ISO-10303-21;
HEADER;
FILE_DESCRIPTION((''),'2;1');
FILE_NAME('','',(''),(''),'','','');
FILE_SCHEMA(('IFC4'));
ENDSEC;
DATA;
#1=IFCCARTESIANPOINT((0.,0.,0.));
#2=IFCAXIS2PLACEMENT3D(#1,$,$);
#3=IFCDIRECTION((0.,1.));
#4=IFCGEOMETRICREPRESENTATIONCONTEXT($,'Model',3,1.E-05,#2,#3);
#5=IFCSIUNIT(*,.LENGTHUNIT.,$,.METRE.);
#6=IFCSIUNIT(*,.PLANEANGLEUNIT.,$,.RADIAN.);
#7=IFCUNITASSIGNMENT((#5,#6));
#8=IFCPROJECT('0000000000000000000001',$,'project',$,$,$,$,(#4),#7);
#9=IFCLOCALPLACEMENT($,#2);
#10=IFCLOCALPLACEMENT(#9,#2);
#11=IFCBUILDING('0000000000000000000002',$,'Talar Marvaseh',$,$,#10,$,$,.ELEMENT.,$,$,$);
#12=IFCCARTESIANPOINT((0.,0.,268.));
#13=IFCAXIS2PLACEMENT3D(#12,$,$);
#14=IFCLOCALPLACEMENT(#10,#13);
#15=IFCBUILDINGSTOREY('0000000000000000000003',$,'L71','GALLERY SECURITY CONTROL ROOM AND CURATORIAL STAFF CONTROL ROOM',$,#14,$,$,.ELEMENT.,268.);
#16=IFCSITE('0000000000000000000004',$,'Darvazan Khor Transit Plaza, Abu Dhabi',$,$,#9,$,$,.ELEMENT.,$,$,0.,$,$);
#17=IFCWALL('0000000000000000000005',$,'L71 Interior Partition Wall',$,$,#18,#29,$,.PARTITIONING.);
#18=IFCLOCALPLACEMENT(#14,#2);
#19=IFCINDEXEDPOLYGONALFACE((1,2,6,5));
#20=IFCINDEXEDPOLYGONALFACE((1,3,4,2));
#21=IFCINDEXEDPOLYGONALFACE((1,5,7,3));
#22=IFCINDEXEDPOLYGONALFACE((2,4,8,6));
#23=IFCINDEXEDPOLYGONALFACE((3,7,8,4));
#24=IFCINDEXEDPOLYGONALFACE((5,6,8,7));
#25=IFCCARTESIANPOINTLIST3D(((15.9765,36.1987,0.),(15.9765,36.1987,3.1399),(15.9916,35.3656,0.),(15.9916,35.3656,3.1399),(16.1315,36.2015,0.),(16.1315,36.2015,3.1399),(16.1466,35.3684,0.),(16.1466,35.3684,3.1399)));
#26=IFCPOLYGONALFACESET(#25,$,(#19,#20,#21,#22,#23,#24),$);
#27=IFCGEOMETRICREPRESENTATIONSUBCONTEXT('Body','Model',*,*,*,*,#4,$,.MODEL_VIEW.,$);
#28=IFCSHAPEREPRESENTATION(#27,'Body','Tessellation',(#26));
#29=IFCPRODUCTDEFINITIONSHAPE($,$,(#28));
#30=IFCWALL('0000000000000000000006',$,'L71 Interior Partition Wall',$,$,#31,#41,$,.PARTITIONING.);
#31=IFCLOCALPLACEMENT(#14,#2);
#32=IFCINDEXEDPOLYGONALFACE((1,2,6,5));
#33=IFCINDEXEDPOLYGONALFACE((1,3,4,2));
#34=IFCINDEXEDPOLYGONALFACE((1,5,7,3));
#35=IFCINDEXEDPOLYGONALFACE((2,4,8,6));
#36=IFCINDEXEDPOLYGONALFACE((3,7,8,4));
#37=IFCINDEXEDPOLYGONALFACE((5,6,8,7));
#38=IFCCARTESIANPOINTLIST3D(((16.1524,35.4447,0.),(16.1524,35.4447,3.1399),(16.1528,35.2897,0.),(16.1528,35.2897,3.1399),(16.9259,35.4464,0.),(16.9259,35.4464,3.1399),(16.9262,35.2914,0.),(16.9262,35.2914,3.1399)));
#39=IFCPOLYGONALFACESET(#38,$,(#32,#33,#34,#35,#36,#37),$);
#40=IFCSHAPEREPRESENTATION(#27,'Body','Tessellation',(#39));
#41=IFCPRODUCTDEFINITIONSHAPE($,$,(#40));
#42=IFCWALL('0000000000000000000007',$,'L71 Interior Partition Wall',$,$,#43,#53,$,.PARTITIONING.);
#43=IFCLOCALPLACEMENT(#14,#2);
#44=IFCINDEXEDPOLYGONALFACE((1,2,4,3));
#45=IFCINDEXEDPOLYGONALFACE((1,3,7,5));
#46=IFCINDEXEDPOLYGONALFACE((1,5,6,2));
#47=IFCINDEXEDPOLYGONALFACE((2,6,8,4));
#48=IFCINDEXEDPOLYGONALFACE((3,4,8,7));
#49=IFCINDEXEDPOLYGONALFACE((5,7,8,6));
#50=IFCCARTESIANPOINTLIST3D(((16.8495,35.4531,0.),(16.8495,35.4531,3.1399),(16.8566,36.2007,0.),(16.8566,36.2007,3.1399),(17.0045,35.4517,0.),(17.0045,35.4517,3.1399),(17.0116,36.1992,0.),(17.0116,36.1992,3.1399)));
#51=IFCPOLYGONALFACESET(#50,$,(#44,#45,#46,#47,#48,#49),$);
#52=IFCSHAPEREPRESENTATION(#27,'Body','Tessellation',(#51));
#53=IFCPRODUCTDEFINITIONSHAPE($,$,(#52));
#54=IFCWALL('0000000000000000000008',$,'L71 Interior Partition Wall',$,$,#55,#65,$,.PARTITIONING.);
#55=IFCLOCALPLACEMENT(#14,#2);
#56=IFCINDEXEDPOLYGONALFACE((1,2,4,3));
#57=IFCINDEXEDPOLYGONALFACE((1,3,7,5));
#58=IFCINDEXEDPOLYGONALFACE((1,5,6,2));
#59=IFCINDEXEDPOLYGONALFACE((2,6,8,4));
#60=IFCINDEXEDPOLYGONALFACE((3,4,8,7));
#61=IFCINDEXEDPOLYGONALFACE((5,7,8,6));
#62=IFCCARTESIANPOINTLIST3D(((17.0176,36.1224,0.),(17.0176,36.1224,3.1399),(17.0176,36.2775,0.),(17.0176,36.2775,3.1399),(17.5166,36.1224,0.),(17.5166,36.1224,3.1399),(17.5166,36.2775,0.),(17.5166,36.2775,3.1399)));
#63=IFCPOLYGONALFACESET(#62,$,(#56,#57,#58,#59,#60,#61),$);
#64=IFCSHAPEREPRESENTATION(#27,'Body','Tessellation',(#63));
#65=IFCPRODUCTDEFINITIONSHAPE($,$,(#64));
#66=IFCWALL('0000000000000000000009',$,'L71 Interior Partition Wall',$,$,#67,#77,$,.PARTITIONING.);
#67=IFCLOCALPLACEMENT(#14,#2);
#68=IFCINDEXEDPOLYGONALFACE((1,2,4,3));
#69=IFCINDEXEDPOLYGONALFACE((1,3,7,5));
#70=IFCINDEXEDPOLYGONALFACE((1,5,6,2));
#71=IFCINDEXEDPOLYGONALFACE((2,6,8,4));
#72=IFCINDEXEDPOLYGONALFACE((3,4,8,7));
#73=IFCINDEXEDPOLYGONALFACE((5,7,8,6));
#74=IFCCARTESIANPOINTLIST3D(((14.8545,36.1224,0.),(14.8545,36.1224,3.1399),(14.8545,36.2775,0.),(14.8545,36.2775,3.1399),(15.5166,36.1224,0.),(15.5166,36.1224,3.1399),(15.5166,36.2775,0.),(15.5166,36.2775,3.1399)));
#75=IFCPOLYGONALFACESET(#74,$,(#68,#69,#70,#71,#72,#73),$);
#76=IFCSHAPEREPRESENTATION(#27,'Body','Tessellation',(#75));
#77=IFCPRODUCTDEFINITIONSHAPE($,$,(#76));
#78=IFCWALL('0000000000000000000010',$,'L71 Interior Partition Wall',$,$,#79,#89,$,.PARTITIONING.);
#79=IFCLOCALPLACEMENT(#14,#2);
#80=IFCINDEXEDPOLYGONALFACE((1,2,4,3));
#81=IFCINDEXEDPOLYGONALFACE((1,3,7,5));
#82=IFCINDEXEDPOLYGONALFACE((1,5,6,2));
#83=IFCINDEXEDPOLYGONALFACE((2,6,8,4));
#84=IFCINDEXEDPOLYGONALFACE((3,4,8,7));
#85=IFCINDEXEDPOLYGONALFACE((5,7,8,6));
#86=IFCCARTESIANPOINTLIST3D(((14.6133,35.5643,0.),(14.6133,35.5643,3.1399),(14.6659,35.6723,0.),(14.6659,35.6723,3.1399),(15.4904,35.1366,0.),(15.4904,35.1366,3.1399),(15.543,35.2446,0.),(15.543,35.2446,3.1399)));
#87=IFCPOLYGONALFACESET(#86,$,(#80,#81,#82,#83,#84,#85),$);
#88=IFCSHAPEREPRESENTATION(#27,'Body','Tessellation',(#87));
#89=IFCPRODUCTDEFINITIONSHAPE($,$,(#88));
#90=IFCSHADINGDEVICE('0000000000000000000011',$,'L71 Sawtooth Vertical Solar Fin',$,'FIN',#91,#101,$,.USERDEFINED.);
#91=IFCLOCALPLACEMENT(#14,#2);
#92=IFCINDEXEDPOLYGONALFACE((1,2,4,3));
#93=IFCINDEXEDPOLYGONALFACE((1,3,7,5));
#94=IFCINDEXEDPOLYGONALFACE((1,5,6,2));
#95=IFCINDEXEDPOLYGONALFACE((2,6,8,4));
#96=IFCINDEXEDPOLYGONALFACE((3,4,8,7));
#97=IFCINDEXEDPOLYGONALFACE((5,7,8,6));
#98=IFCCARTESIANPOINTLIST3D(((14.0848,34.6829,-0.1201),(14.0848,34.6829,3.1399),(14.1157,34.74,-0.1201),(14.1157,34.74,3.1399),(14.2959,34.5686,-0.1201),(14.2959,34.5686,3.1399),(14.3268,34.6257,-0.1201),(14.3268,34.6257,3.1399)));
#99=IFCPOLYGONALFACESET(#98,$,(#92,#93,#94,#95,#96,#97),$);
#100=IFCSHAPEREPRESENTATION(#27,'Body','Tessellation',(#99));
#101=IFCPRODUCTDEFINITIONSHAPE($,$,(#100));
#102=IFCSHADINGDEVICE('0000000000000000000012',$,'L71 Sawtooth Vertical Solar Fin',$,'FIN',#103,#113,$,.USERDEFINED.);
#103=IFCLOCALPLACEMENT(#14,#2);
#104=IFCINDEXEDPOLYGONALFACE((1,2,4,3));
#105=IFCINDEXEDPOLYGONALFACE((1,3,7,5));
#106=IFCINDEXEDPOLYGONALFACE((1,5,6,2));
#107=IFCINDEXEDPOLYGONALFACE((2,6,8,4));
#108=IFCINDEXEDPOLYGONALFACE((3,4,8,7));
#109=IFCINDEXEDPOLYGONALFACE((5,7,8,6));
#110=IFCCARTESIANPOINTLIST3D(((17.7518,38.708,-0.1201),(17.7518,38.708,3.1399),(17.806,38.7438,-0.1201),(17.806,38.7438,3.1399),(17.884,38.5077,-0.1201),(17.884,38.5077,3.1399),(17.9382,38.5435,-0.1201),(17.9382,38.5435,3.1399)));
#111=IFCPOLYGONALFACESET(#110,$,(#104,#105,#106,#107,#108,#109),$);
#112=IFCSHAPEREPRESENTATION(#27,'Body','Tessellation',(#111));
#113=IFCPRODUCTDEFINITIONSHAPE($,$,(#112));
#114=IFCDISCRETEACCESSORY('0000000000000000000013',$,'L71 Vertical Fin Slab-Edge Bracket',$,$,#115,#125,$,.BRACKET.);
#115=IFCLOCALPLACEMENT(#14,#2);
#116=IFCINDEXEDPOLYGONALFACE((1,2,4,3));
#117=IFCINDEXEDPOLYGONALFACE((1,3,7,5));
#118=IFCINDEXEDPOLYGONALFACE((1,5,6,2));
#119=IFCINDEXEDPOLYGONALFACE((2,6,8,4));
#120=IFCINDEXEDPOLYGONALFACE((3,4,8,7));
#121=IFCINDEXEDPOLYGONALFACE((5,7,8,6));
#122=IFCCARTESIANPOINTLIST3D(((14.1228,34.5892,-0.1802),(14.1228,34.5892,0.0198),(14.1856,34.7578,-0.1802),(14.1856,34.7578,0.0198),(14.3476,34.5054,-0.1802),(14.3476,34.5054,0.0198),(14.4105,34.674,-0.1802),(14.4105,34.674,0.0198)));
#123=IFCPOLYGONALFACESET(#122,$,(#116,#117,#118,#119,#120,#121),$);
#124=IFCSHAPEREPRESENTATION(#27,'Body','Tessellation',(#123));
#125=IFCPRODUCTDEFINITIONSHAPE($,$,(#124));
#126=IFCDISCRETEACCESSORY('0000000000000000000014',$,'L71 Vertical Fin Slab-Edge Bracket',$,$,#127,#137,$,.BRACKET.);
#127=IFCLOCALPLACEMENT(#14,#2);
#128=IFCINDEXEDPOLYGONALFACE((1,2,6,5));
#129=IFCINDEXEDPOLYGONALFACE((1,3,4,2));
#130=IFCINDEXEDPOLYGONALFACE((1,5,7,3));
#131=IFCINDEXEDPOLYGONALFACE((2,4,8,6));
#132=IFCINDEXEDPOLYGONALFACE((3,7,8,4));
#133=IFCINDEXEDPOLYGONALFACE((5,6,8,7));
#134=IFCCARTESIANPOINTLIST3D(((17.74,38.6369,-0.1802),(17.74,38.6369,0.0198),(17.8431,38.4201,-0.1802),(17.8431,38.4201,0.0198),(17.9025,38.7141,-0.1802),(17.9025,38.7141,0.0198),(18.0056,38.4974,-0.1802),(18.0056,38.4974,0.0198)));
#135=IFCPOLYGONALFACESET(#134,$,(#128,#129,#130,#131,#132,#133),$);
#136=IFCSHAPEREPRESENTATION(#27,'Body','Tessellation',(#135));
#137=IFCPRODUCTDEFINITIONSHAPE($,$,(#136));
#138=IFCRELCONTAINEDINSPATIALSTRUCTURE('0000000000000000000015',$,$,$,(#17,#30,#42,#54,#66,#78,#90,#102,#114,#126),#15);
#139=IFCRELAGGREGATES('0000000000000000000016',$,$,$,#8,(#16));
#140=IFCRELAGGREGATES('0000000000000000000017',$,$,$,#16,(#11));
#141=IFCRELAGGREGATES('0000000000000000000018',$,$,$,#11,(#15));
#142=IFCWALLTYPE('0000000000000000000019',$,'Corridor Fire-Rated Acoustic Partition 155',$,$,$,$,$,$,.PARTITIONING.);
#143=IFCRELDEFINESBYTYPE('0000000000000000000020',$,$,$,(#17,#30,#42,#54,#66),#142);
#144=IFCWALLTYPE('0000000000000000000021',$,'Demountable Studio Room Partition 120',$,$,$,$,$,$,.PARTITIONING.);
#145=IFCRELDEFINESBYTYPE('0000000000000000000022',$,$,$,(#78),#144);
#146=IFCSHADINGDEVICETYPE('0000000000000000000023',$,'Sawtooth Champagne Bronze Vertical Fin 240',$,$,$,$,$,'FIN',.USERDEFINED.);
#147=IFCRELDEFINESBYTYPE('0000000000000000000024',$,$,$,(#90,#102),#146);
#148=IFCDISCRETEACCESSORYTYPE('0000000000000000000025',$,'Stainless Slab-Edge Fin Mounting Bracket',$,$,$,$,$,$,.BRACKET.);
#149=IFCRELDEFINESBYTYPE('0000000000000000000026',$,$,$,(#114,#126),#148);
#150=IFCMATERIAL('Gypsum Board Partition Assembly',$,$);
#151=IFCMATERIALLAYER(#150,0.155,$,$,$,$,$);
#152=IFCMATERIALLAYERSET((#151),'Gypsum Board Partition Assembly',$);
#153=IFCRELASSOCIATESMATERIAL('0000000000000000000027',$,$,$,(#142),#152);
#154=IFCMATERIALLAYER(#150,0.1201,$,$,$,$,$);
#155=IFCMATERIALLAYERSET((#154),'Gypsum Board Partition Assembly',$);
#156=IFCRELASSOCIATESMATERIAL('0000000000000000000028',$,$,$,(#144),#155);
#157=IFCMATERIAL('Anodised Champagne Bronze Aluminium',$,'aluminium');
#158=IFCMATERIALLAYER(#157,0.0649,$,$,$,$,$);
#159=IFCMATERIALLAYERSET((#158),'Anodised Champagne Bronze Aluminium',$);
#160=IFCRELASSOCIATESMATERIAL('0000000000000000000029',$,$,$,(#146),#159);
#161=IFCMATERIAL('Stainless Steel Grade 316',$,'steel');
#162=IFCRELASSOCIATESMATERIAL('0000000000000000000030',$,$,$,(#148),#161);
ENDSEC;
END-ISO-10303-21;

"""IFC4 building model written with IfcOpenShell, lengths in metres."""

from ifc_helpers import new_model, si_unit, direction, frame, frame_2d, origin, origin_2d, place, context, subcontext, project, spatial, rectangle, extrude, source, transform, mapped, material, layer, layer_set, type_object, type_shapes, element, save


model = new_model("IFC4")

# Units and contexts
model_context = context("Model", 3, precision=1e-05, world=origin(), true_north=direction((0.0, 1.0)))
body_context = subcontext(model_context, "Body", "Model", "MODEL_VIEW")
ifc_project = project(units=[si_unit("LENGTHUNIT", "METRE"), si_unit("PLANEANGLEUNIT", "RADIAN")], contexts=[model_context])

# Site, building, storey
site_placement = place(None, origin())
site = spatial("IfcSite", under=ifc_project, at=site_placement, Name="Darvazan Khor Transit Plaza, Abu Dhabi", CompositionType="ELEMENT", RefElevation=0.0)
building_placement = place(site_placement, origin())
building = spatial("IfcBuilding", under=site, at=building_placement, Name="Talar Marvaseh", CompositionType="ELEMENT")
storey_placement = place(building_placement, frame((0.0, 0.0, 268.0)))
storey = spatial("IfcBuildingStorey", under=building, at=storey_placement, Name="L71", Description="GALLERY SECURITY CONTROL ROOM AND CURATORIAL STAFF CONTROL ROOM", CompositionType="ELEMENT", Elevation=268.0)

# Shared definitions
ifc_material_1 = material(Name="Gypsum Board Partition Assembly")
ifc_layer_1 = layer(ifc_material_1, 0.155)
ifc_layer_set_1 = layer_set([ifc_layer_1], Name="Gypsum Board Partition Assembly")
wall_type_1 = type_object("IfcWallType", Name="Corridor Fire-Rated Acoustic Partition 155", PredefinedType="PARTITIONING", material=ifc_layer_set_1)

# Walls
wall_1_placement = place(storey_placement, frame((16.054, 36.2, 0.0), z_axis=(0.0, 0.0, 1.0), x_axis=(0.018168, -0.999835, 0.0)))
element("IfcWall", 1, at=wall_1_placement, inside=storey, type_object=wall_type_1, Name="L71 Interior Partition Wall", PredefinedType="PARTITIONING", context=body_context, shape_type="SweptSolid", body=[
    extrude(rectangle(XDim=0.8333, YDim=0.155, at=frame_2d((0.4165, 0.0))), origin(), (0.0, 0.0, 1.0), 3.1399),
])
wall_2_placement = place(storey_placement, frame((16.1526, 35.3672, 0.0), z_axis=(0.0, 0.0, 1.0), x_axis=(0.999998, 0.00221, 0.0)))
element("IfcWall", 2, at=wall_2_placement, inside=storey, type_object=wall_type_1, Name="L71 Interior Partition Wall", PredefinedType="PARTITIONING", context=body_context, shape_type="SweptSolid", body=[
    extrude(rectangle(XDim=0.7734, YDim=0.155, at=frame_2d((0.3867, 0.0))), origin(), (0.0, 0.0, 1.0), 3.1399),
])
wall_3_placement = place(storey_placement, frame((16.927, 35.4524, 0.0), z_axis=(0.0, 0.0, 1.0), x_axis=(0.009471, 0.999955, 0.0)))
element("IfcWall", 3, at=wall_3_placement, inside=storey, type_object=wall_type_1, Name="L71 Interior Partition Wall", PredefinedType="PARTITIONING", context=body_context, shape_type="SweptSolid", body=[
    extrude(rectangle(XDim=0.7476, YDim=0.155, at=frame_2d((0.3738, 0.0))), origin(), (0.0, 0.0, 1.0), 3.1399),
])
wall_4_placement = place(storey_placement, frame((17.0176, 36.2, 0.0), z_axis=(0.0, 0.0, 1.0), x_axis=(1.0, 0.0, 0.0)))
element("IfcWall", 4, at=wall_4_placement, inside=storey, type_object=wall_type_1, Name="L71 Interior Partition Wall", PredefinedType="PARTITIONING", context=body_context, shape_type="SweptSolid", body=[
    extrude(rectangle(XDim=0.499, YDim=0.155, at=frame_2d((0.2495, 0.0))), origin(), (0.0, 0.0, 1.0), 3.1399),
])
wall_5_placement = place(storey_placement, frame((14.8545, 36.2, 0.0), z_axis=(0.0, 0.0, 1.0), x_axis=(1.0, 0.0, 0.0)))
element("IfcWall", 5, at=wall_5_placement, inside=storey, type_object=wall_type_1, Name="L71 Interior Partition Wall", PredefinedType="PARTITIONING", context=body_context, shape_type="SweptSolid", body=[
    extrude(rectangle(XDim=0.6621, YDim=0.155, at=frame_2d((0.3311, 0.0))), origin(), (0.0, 0.0, 1.0), 3.1399),
])
ifc_layer_2 = layer(ifc_material_1, 0.1201)
ifc_layer_set_2 = layer_set([ifc_layer_2], Name="Gypsum Board Partition Assembly")
wall_type_2 = type_object("IfcWallType", Name="Demountable Studio Room Partition 120", PredefinedType="PARTITIONING", material=ifc_layer_set_2)
wall_6_placement = place(storey_placement, frame((15.5166, 35.1907, 0.0), z_axis=(0.0, 0.0, 1.0), x_axis=(-0.898836, 0.438286, 0.0)))
element("IfcWall", 6, at=wall_6_placement, inside=storey, type_object=wall_type_2, Name="L71 Interior Partition Wall", PredefinedType="PARTITIONING", context=body_context, shape_type="SweptSolid", body=[
    extrude(rectangle(XDim=0.9758, YDim=0.1201, at=frame_2d((0.4878, 0.0))), origin(), (0.0, 0.0, 1.0), 3.1399),
])

# Shading devices
ifc_material_2 = material(Name="Anodised Champagne Bronze Aluminium", Category="aluminium")
ifc_layer_3 = layer(ifc_material_2, 0.0649)
ifc_layer_set_3 = layer_set([ifc_layer_3], Name="Anodised Champagne Bronze Aluminium")
shading_device_type = type_object("IfcShadingDeviceType", Name="Sawtooth Champagne Bronze Vertical Fin 240", ElementType="FIN", PredefinedType="USERDEFINED", material=ifc_layer_set_3)
shared_shape_1 = source(origin(), body_context, "Body", "SweptSolid", [
    extrude(rectangle(XDim=0.24, YDim=0.0649, at=origin_2d()), origin(), (0.0, 0.0, 1.0), 3.26),
])
type_shapes(shading_device_type, [shared_shape_1])
for number, where, z_axis, x_axis, name in (
    (7, (14.2058, 34.6543, -0.1201), (0.0, 0.0, 1.0), (-0.879399, 0.476085, 0.0), "L71 Sawtooth Vertical Solar Fin"),
    (8, (17.845, 38.6257, -0.1201), (0.0, 0.0, 1.0), (-0.550918, 0.83456, 0.0), "L71 Sawtooth Vertical Solar Fin"),
):
    element("IfcShadingDevice", number, at=place(storey_placement, frame(where, z_axis=z_axis, x_axis=x_axis)), inside=storey, type_object=shading_device_type, Name=name, ObjectType="FIN", PredefinedType="USERDEFINED", context=body_context, shape_type="MappedRepresentation", body=[
        mapped(shared_shape_1, transform((0.0, 0.0, 0.0), x_axis=(1.0, 0.0, 0.0), y_axis=(0.0, 1.0, 0.0), z_axis=(0.0, 0.0, 1.0), scale=1.0)),
    ])

# Discrete accessories
ifc_material_3 = material(Name="Stainless Steel Grade 316", Category="steel")
discrete_accessory_type = type_object("IfcDiscreteAccessoryType", Name="Stainless Slab-Edge Fin Mounting Bracket", PredefinedType="BRACKET", material=ifc_material_3)
shared_shape_2 = source(origin(), body_context, "Body", "SweptSolid", [
    extrude(rectangle(XDim=0.24, YDim=0.1799, at=origin_2d()), origin(), (0.0, 0.0, 1.0), 0.2),
])
type_shapes(discrete_accessory_type, [shared_shape_2])
for number, where, z_axis, x_axis, name in (
    (9, (14.2666, 34.6316, -0.1802), (0.0, 0.0, 1.0), (-0.937099, 0.349063, 0.0), "L71 Vertical Fin Slab-Edge Bracket"),
    (10, (17.8728, 38.5671, -0.1802), (0.0, 0.0, 1.0), (-0.429408, 0.903111, 0.0), "L71 Vertical Fin Slab-Edge Bracket"),
):
    element("IfcDiscreteAccessory", number, at=place(storey_placement, frame(where, z_axis=z_axis, x_axis=x_axis)), inside=storey, type_object=discrete_accessory_type, Name=name, PredefinedType="BRACKET", context=body_context, shape_type="MappedRepresentation", body=[
        mapped(shared_shape_2, transform((0.0, 0.0, 0.0), x_axis=(1.0, 0.0, 0.0), y_axis=(0.0, 1.0, 0.0), z_axis=(0.0, 0.0, 1.0), scale=1.0)),
    ])

save(model, "model.ifc")
